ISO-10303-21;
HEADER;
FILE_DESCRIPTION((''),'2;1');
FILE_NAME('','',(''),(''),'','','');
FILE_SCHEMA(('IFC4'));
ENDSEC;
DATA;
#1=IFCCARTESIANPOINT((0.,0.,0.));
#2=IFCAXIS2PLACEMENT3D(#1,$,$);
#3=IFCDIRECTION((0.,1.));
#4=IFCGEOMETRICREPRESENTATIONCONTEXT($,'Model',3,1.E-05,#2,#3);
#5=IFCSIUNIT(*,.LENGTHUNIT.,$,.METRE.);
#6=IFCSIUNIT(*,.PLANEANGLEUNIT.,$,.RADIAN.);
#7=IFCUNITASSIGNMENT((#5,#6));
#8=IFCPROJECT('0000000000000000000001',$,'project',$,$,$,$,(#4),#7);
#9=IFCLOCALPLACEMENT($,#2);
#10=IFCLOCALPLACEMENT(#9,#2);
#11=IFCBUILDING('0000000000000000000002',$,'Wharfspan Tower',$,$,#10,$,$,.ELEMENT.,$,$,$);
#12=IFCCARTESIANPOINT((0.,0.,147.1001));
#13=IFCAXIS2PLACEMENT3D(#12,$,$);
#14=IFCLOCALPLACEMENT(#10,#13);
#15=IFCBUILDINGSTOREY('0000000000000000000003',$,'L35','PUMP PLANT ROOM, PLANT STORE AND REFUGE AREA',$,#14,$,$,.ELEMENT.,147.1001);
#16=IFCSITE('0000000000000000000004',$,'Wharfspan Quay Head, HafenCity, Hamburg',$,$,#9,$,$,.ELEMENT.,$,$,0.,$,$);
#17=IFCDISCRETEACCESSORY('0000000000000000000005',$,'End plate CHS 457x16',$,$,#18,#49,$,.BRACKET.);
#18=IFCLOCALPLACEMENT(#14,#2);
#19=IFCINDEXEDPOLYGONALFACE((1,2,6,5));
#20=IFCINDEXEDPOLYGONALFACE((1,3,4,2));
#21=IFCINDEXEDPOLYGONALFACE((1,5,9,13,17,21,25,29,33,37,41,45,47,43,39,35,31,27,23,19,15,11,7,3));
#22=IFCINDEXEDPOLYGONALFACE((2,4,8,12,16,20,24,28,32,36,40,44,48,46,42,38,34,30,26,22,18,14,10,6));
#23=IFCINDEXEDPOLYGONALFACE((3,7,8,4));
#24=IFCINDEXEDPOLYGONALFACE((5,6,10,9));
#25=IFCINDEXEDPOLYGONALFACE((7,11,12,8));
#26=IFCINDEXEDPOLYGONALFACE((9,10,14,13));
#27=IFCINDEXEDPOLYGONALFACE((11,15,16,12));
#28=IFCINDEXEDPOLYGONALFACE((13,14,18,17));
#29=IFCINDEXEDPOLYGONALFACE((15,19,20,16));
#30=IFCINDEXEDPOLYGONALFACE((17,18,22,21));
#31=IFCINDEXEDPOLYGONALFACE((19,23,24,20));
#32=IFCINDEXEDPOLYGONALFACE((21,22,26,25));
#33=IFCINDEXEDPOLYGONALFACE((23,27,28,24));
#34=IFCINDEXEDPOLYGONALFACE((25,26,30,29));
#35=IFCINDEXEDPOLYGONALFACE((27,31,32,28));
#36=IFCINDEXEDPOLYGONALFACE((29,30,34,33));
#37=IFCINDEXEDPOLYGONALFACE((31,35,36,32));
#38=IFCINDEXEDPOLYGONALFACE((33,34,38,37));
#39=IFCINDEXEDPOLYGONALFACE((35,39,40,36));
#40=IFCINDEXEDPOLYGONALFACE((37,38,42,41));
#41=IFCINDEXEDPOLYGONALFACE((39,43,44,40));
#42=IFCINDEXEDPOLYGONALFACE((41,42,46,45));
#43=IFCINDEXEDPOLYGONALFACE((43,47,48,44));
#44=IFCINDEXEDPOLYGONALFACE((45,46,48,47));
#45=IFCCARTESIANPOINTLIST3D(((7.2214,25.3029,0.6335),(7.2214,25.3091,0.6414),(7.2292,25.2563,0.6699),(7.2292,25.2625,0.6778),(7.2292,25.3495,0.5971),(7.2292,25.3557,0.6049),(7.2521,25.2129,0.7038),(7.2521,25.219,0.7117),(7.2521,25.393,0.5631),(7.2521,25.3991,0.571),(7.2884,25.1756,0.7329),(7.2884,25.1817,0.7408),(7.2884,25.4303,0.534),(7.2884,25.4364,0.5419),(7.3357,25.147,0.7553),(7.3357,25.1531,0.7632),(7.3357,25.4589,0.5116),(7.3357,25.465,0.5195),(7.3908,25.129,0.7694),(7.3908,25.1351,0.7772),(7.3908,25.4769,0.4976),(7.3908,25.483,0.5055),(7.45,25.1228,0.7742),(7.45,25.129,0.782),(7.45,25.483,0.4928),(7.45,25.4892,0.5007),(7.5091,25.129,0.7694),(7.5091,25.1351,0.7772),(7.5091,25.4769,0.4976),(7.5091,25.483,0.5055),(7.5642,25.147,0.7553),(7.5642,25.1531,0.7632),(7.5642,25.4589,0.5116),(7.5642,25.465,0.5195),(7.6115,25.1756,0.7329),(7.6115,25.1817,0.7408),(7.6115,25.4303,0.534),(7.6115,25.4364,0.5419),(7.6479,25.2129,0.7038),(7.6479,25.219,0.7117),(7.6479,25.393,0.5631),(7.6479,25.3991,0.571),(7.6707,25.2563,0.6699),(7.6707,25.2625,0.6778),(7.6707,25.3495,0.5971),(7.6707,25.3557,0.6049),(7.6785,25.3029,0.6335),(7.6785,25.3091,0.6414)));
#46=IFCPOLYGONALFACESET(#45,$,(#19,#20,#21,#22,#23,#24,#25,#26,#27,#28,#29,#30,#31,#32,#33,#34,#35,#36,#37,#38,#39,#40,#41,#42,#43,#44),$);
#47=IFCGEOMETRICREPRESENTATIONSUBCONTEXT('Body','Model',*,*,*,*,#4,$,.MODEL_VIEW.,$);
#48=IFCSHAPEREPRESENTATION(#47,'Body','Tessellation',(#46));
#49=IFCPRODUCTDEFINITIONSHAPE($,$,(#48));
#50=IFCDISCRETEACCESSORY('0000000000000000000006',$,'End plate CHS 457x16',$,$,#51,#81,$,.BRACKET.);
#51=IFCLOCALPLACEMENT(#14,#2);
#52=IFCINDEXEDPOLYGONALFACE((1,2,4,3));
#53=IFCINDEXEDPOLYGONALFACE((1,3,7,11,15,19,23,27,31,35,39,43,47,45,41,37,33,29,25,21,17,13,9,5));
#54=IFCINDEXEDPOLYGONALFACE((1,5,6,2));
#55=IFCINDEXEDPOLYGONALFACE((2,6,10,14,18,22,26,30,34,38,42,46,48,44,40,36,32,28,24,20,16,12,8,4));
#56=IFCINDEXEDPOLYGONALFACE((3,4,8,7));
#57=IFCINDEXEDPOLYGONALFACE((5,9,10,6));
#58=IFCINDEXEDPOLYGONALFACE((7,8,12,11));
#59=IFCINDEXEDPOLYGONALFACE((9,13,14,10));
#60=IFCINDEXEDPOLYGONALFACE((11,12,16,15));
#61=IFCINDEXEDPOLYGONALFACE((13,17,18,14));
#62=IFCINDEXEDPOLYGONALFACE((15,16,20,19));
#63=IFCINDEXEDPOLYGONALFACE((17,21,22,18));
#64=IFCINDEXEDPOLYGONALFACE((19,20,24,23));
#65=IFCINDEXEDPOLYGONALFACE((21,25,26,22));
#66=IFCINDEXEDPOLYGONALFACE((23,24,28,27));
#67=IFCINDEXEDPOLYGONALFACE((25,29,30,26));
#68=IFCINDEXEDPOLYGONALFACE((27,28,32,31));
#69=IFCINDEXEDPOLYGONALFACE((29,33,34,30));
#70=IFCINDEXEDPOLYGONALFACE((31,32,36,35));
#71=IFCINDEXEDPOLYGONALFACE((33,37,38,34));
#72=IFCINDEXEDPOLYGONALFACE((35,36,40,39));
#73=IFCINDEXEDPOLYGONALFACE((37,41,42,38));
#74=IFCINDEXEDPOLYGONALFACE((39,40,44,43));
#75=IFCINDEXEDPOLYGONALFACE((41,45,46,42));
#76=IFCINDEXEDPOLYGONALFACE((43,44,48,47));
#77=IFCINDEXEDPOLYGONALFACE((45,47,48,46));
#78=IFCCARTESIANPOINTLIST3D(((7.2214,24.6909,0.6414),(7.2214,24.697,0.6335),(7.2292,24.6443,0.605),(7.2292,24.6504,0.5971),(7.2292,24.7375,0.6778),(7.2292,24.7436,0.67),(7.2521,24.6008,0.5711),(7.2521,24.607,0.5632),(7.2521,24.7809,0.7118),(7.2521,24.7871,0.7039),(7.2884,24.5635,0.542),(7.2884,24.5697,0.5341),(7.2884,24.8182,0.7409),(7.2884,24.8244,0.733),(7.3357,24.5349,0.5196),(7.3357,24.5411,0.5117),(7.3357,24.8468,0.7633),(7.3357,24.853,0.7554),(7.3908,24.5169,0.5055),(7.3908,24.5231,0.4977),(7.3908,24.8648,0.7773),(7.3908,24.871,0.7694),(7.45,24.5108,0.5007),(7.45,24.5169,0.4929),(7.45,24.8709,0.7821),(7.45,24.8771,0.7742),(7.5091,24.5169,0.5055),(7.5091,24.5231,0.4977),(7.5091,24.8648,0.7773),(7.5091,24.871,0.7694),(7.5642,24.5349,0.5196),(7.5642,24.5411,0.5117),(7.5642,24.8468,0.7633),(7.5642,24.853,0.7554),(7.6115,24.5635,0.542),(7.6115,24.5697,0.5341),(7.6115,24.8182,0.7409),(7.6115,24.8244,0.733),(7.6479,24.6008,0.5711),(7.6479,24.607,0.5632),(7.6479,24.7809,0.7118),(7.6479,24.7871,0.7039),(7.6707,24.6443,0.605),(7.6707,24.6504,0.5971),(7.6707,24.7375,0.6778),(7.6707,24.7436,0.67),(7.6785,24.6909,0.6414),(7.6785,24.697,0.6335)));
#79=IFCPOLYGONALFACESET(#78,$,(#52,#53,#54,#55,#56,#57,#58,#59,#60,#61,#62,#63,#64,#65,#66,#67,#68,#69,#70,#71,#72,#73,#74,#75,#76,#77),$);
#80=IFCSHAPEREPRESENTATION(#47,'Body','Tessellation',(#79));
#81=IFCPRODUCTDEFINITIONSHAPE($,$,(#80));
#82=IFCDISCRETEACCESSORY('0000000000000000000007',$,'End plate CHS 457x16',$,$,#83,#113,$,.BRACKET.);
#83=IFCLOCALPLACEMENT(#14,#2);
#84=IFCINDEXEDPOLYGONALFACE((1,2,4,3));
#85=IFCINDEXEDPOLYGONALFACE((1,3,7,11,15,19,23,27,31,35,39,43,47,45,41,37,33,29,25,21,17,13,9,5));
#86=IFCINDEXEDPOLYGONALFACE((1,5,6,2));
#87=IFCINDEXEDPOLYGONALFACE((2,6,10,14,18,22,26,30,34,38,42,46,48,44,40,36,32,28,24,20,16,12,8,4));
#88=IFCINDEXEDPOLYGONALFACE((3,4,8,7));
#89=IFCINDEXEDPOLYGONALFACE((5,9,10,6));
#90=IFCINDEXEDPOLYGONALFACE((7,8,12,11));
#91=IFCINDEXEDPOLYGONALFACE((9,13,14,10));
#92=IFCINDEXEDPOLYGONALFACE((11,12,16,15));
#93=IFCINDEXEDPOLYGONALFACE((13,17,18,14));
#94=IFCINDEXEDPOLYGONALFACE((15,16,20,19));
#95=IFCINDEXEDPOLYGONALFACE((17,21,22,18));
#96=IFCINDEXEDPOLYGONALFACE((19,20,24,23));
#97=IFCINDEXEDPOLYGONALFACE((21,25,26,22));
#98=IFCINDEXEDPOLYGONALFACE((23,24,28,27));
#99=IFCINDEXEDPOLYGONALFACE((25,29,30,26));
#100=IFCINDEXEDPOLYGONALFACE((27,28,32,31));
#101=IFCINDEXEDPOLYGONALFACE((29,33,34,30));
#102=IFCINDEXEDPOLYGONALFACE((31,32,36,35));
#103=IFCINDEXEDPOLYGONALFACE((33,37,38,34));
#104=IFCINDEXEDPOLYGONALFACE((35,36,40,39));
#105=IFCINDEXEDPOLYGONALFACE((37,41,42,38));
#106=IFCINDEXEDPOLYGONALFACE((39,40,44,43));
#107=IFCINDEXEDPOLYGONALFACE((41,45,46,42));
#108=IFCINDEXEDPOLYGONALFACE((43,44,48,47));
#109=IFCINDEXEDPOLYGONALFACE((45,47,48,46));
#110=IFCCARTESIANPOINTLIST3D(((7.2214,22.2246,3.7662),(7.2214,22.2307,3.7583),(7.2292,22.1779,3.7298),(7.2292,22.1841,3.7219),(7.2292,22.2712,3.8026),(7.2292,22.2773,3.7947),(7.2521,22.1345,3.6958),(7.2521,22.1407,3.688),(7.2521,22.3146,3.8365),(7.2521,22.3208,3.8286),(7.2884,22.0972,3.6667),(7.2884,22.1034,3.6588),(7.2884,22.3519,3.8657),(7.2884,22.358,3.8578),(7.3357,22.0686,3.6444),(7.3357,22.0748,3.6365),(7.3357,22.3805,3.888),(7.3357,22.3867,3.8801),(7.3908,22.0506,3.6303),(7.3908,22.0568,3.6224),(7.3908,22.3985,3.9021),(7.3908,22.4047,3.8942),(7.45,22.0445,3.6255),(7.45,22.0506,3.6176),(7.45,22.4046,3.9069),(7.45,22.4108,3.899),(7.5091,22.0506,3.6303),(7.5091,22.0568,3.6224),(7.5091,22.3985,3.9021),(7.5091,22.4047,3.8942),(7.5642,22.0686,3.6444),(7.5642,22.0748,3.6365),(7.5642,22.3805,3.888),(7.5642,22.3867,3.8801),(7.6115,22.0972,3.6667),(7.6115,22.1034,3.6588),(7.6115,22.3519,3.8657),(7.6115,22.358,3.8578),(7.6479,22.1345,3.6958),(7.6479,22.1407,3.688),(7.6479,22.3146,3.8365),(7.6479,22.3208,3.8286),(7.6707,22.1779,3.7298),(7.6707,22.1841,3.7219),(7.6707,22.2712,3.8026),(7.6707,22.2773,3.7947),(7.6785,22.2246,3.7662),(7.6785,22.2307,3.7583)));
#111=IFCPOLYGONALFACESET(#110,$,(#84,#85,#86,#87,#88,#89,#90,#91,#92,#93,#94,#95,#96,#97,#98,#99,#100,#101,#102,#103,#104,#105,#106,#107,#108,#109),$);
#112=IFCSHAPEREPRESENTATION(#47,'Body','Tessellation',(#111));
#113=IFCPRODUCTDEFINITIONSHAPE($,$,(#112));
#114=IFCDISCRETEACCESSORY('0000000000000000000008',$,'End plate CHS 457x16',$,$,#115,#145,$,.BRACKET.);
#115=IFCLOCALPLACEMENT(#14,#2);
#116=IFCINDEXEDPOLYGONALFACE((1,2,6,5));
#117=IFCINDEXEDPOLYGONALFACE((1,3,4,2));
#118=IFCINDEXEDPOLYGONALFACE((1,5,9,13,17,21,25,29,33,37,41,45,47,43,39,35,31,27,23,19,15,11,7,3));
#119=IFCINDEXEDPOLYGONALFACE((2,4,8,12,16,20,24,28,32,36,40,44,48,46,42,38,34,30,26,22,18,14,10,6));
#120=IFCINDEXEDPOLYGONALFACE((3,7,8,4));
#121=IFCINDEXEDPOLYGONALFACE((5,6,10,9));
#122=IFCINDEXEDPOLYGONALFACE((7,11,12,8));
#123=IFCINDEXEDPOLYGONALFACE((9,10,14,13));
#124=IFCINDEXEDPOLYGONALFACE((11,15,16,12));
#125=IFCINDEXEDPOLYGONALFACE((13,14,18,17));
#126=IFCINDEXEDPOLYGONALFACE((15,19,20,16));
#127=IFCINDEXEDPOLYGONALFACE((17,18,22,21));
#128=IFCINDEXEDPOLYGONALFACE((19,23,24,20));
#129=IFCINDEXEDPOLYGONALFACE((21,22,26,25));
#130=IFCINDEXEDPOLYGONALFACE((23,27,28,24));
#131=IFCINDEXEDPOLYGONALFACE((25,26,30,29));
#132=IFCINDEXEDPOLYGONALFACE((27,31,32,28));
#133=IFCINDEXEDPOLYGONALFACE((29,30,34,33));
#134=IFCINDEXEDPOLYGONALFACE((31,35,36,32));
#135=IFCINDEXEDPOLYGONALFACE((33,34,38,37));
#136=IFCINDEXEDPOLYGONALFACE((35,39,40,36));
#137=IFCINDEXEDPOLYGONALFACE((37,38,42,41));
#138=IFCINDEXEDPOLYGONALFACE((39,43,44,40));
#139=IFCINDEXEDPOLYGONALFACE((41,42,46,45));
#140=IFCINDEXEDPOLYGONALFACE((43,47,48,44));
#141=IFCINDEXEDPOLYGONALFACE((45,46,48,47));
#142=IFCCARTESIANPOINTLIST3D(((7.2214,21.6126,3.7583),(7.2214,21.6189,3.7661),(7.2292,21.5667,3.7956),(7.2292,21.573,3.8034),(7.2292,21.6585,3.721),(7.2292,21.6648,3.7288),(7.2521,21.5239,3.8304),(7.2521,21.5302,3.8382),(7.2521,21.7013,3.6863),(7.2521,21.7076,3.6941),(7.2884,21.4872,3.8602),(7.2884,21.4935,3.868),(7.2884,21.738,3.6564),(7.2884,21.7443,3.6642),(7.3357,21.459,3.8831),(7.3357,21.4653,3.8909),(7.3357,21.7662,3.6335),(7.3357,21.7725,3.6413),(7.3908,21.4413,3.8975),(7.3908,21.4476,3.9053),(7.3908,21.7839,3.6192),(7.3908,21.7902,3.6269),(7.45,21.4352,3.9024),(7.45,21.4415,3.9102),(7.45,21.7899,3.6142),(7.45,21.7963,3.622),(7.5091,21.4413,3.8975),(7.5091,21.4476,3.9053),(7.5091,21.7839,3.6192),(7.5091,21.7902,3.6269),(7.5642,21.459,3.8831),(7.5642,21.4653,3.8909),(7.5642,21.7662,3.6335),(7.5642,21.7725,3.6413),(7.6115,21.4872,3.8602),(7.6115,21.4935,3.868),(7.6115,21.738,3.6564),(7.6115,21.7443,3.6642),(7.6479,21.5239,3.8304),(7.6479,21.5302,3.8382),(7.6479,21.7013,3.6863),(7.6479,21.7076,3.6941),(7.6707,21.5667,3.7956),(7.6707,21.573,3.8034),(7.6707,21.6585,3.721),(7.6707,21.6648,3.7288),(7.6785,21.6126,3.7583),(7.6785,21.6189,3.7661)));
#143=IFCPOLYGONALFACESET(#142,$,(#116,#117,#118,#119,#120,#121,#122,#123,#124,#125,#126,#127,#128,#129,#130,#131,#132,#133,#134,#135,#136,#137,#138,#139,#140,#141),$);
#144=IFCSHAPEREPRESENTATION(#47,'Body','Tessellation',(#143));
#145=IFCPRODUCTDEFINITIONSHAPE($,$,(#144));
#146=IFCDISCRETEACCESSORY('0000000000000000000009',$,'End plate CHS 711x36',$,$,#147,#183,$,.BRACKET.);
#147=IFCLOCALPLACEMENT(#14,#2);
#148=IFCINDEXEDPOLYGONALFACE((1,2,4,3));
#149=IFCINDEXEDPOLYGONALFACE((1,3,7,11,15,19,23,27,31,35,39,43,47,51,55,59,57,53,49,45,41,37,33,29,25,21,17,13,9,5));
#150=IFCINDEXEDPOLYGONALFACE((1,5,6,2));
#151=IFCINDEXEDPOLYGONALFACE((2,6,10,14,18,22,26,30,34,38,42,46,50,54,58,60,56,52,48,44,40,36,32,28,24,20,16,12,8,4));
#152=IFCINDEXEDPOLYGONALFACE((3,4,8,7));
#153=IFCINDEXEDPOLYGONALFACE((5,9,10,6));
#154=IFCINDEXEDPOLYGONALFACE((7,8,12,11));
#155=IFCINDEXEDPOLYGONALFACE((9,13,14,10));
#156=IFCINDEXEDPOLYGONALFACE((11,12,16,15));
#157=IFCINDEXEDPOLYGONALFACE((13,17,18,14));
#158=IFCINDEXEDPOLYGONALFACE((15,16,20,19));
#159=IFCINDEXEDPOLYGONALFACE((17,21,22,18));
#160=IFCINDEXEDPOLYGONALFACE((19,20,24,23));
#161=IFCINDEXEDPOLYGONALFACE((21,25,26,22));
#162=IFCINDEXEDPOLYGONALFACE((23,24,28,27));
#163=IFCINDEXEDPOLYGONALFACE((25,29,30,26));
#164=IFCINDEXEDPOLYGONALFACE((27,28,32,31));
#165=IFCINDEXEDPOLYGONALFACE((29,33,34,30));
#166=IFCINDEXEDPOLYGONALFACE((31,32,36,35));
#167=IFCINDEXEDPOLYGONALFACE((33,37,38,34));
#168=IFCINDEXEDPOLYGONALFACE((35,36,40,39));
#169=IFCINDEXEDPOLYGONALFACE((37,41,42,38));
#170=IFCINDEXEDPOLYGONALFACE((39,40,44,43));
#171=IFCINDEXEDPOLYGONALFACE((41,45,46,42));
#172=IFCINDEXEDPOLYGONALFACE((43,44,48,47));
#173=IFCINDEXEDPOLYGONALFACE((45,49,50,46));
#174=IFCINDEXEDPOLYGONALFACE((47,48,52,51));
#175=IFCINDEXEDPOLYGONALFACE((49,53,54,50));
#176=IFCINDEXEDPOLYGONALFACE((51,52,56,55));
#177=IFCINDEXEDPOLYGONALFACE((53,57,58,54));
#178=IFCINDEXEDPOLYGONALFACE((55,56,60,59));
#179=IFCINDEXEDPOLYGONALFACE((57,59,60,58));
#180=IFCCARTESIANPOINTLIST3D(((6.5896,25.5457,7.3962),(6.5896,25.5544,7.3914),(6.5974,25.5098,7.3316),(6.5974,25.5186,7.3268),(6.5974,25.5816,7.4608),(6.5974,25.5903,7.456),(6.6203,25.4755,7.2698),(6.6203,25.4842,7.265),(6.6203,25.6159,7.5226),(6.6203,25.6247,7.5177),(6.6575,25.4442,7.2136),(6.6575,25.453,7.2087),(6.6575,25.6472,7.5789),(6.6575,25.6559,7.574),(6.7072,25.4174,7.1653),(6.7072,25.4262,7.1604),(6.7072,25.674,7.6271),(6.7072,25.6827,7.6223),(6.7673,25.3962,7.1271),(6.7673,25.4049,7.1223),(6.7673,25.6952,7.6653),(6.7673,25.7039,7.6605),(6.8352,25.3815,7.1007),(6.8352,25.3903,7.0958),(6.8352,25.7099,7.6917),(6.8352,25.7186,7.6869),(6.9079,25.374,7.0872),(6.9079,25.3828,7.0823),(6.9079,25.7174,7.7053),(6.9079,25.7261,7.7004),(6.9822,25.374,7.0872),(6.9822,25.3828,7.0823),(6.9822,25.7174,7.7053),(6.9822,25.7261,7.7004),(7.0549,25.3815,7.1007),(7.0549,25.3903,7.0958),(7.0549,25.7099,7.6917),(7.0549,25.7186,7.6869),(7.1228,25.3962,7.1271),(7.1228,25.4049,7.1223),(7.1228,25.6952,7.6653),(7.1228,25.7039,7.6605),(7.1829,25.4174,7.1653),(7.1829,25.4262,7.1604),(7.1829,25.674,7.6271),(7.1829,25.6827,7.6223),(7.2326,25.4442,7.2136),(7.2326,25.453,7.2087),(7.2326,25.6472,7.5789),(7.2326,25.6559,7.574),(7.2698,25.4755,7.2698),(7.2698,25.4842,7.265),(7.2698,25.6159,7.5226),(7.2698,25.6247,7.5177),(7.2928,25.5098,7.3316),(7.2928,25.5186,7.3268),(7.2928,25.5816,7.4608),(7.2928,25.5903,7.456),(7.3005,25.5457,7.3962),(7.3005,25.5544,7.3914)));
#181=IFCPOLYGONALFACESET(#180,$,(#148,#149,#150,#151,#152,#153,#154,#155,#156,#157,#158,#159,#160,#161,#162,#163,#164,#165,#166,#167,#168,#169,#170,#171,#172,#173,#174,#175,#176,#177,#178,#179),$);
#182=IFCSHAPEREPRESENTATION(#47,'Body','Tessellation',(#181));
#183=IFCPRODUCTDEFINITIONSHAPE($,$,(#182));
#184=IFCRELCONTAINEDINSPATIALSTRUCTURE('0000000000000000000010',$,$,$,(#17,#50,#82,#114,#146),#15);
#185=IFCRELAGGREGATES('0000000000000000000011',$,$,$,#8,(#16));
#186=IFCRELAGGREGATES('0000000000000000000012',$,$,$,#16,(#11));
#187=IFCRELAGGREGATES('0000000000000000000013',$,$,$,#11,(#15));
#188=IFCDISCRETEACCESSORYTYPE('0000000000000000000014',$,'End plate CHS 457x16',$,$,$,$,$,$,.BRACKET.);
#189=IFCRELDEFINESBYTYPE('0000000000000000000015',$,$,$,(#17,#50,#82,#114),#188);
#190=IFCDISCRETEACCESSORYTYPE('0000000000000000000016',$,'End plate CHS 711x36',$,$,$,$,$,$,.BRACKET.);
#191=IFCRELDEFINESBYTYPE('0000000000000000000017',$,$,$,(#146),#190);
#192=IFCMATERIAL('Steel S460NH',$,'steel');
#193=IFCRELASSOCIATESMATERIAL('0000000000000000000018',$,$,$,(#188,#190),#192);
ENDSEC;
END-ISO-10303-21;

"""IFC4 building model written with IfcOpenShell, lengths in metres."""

from ifc_helpers import new_model, si_unit, direction, frame, origin, origin_2d, place, context, subcontext, project, spatial, circle, extrude, material, material_profile, profile_set, type_object, element, save


model = new_model("IFC4")

# Units and contexts
model_context = context("Model", 3, precision=1e-05, world=origin(), true_north=direction((0.0, 1.0)))
body_context = subcontext(model_context, "Body", "Model", "MODEL_VIEW")
ifc_project = project(units=[si_unit("LENGTHUNIT", "METRE"), si_unit("PLANEANGLEUNIT", "RADIAN")], contexts=[model_context])

# Site, building, storey
site_placement = place(None, origin())
site = spatial("IfcSite", under=ifc_project, at=site_placement, Name="Wharfspan Quay Head, HafenCity, Hamburg", CompositionType="ELEMENT", RefElevation=0.0)
building_placement = place(site_placement, origin())
building = spatial("IfcBuilding", under=site, at=building_placement, Name="Wharfspan Tower", CompositionType="ELEMENT")
storey_placement = place(building_placement, frame((0.0, 0.0, 147.1001)))
storey = spatial("IfcBuildingStorey", under=building, at=storey_placement, Name="L35", Description="PUMP PLANT ROOM, PLANT STORE AND REFUGE AREA", CompositionType="ELEMENT", Elevation=147.1001)

# Shared definitions
ifc_material_1 = material(Name="Steel S460NH", Category="steel")

# Discrete accessories
ifc_material_profile_1 = material_profile(ifc_material_1, circle(Radius=0.2285, at=origin_2d()))
ifc_profile_set_1 = profile_set([ifc_material_profile_1], Name="Steel S460NH")
discrete_accessory_type_1 = type_object("IfcDiscreteAccessoryType", Name="End plate CHS 457x16", PredefinedType="BRACKET", material=ifc_profile_set_1)
for number, where, z_axis, x_axis, name in (
    (1, (7.45, 25.3091, 0.6414), (0.0, -0.615644, -0.788024), (1.0, 0.0, 0.0), "End plate CHS 457x16"),
    (2, (7.45, 24.697, 0.6335), (0.0, -0.615644, 0.788024), (1.0, 0.0, 0.0), "End plate CHS 457x16"),
    (3, (7.45, 22.2307, 3.7583), (0.0, -0.615644, 0.788024), (1.0, 0.0, 0.0), "End plate CHS 457x16"),
    (4, (7.45, 21.6189, 3.7661), (0.0, -0.630593, -0.776114), (1.0, 0.0, 0.0), "End plate CHS 457x16"),
):
    element("IfcDiscreteAccessory", number, at=place(storey_placement, frame(where, z_axis=z_axis, x_axis=x_axis)), inside=storey, type_object=discrete_accessory_type_1, Name=name, PredefinedType="BRACKET", context=body_context, shape_type="SweptSolid", body=[
        extrude(circle(Radius=0.2285, at=origin_2d()), origin(), (0.0, 0.0, 1.0), 0.01),
    ])
ifc_material_profile_2 = material_profile(ifc_material_1, circle(Radius=0.3555, at=origin_2d()))
ifc_profile_set_2 = profile_set([ifc_material_profile_2], Name="Steel S460NH")
discrete_accessory_type_2 = type_object("IfcDiscreteAccessoryType", Name="End plate CHS 711x36", PredefinedType="BRACKET", material=ifc_profile_set_2)
for number, where, z_axis, x_axis, name in (
    (5, (6.9451, 25.5544, 7.3914), (0.0, -0.874157, 0.485643), (1.0, 0.0, 0.0), "End plate CHS 711x36"),
):
    element("IfcDiscreteAccessory", number, at=place(storey_placement, frame(where, z_axis=z_axis, x_axis=x_axis)), inside=storey, type_object=discrete_accessory_type_2, Name=name, PredefinedType="BRACKET", context=body_context, shape_type="SweptSolid", body=[
        extrude(circle(Radius=0.3555, at=origin_2d()), origin(), (0.0, 0.0, 1.0), 0.01),
    ])

save(model, "model.ifc")
